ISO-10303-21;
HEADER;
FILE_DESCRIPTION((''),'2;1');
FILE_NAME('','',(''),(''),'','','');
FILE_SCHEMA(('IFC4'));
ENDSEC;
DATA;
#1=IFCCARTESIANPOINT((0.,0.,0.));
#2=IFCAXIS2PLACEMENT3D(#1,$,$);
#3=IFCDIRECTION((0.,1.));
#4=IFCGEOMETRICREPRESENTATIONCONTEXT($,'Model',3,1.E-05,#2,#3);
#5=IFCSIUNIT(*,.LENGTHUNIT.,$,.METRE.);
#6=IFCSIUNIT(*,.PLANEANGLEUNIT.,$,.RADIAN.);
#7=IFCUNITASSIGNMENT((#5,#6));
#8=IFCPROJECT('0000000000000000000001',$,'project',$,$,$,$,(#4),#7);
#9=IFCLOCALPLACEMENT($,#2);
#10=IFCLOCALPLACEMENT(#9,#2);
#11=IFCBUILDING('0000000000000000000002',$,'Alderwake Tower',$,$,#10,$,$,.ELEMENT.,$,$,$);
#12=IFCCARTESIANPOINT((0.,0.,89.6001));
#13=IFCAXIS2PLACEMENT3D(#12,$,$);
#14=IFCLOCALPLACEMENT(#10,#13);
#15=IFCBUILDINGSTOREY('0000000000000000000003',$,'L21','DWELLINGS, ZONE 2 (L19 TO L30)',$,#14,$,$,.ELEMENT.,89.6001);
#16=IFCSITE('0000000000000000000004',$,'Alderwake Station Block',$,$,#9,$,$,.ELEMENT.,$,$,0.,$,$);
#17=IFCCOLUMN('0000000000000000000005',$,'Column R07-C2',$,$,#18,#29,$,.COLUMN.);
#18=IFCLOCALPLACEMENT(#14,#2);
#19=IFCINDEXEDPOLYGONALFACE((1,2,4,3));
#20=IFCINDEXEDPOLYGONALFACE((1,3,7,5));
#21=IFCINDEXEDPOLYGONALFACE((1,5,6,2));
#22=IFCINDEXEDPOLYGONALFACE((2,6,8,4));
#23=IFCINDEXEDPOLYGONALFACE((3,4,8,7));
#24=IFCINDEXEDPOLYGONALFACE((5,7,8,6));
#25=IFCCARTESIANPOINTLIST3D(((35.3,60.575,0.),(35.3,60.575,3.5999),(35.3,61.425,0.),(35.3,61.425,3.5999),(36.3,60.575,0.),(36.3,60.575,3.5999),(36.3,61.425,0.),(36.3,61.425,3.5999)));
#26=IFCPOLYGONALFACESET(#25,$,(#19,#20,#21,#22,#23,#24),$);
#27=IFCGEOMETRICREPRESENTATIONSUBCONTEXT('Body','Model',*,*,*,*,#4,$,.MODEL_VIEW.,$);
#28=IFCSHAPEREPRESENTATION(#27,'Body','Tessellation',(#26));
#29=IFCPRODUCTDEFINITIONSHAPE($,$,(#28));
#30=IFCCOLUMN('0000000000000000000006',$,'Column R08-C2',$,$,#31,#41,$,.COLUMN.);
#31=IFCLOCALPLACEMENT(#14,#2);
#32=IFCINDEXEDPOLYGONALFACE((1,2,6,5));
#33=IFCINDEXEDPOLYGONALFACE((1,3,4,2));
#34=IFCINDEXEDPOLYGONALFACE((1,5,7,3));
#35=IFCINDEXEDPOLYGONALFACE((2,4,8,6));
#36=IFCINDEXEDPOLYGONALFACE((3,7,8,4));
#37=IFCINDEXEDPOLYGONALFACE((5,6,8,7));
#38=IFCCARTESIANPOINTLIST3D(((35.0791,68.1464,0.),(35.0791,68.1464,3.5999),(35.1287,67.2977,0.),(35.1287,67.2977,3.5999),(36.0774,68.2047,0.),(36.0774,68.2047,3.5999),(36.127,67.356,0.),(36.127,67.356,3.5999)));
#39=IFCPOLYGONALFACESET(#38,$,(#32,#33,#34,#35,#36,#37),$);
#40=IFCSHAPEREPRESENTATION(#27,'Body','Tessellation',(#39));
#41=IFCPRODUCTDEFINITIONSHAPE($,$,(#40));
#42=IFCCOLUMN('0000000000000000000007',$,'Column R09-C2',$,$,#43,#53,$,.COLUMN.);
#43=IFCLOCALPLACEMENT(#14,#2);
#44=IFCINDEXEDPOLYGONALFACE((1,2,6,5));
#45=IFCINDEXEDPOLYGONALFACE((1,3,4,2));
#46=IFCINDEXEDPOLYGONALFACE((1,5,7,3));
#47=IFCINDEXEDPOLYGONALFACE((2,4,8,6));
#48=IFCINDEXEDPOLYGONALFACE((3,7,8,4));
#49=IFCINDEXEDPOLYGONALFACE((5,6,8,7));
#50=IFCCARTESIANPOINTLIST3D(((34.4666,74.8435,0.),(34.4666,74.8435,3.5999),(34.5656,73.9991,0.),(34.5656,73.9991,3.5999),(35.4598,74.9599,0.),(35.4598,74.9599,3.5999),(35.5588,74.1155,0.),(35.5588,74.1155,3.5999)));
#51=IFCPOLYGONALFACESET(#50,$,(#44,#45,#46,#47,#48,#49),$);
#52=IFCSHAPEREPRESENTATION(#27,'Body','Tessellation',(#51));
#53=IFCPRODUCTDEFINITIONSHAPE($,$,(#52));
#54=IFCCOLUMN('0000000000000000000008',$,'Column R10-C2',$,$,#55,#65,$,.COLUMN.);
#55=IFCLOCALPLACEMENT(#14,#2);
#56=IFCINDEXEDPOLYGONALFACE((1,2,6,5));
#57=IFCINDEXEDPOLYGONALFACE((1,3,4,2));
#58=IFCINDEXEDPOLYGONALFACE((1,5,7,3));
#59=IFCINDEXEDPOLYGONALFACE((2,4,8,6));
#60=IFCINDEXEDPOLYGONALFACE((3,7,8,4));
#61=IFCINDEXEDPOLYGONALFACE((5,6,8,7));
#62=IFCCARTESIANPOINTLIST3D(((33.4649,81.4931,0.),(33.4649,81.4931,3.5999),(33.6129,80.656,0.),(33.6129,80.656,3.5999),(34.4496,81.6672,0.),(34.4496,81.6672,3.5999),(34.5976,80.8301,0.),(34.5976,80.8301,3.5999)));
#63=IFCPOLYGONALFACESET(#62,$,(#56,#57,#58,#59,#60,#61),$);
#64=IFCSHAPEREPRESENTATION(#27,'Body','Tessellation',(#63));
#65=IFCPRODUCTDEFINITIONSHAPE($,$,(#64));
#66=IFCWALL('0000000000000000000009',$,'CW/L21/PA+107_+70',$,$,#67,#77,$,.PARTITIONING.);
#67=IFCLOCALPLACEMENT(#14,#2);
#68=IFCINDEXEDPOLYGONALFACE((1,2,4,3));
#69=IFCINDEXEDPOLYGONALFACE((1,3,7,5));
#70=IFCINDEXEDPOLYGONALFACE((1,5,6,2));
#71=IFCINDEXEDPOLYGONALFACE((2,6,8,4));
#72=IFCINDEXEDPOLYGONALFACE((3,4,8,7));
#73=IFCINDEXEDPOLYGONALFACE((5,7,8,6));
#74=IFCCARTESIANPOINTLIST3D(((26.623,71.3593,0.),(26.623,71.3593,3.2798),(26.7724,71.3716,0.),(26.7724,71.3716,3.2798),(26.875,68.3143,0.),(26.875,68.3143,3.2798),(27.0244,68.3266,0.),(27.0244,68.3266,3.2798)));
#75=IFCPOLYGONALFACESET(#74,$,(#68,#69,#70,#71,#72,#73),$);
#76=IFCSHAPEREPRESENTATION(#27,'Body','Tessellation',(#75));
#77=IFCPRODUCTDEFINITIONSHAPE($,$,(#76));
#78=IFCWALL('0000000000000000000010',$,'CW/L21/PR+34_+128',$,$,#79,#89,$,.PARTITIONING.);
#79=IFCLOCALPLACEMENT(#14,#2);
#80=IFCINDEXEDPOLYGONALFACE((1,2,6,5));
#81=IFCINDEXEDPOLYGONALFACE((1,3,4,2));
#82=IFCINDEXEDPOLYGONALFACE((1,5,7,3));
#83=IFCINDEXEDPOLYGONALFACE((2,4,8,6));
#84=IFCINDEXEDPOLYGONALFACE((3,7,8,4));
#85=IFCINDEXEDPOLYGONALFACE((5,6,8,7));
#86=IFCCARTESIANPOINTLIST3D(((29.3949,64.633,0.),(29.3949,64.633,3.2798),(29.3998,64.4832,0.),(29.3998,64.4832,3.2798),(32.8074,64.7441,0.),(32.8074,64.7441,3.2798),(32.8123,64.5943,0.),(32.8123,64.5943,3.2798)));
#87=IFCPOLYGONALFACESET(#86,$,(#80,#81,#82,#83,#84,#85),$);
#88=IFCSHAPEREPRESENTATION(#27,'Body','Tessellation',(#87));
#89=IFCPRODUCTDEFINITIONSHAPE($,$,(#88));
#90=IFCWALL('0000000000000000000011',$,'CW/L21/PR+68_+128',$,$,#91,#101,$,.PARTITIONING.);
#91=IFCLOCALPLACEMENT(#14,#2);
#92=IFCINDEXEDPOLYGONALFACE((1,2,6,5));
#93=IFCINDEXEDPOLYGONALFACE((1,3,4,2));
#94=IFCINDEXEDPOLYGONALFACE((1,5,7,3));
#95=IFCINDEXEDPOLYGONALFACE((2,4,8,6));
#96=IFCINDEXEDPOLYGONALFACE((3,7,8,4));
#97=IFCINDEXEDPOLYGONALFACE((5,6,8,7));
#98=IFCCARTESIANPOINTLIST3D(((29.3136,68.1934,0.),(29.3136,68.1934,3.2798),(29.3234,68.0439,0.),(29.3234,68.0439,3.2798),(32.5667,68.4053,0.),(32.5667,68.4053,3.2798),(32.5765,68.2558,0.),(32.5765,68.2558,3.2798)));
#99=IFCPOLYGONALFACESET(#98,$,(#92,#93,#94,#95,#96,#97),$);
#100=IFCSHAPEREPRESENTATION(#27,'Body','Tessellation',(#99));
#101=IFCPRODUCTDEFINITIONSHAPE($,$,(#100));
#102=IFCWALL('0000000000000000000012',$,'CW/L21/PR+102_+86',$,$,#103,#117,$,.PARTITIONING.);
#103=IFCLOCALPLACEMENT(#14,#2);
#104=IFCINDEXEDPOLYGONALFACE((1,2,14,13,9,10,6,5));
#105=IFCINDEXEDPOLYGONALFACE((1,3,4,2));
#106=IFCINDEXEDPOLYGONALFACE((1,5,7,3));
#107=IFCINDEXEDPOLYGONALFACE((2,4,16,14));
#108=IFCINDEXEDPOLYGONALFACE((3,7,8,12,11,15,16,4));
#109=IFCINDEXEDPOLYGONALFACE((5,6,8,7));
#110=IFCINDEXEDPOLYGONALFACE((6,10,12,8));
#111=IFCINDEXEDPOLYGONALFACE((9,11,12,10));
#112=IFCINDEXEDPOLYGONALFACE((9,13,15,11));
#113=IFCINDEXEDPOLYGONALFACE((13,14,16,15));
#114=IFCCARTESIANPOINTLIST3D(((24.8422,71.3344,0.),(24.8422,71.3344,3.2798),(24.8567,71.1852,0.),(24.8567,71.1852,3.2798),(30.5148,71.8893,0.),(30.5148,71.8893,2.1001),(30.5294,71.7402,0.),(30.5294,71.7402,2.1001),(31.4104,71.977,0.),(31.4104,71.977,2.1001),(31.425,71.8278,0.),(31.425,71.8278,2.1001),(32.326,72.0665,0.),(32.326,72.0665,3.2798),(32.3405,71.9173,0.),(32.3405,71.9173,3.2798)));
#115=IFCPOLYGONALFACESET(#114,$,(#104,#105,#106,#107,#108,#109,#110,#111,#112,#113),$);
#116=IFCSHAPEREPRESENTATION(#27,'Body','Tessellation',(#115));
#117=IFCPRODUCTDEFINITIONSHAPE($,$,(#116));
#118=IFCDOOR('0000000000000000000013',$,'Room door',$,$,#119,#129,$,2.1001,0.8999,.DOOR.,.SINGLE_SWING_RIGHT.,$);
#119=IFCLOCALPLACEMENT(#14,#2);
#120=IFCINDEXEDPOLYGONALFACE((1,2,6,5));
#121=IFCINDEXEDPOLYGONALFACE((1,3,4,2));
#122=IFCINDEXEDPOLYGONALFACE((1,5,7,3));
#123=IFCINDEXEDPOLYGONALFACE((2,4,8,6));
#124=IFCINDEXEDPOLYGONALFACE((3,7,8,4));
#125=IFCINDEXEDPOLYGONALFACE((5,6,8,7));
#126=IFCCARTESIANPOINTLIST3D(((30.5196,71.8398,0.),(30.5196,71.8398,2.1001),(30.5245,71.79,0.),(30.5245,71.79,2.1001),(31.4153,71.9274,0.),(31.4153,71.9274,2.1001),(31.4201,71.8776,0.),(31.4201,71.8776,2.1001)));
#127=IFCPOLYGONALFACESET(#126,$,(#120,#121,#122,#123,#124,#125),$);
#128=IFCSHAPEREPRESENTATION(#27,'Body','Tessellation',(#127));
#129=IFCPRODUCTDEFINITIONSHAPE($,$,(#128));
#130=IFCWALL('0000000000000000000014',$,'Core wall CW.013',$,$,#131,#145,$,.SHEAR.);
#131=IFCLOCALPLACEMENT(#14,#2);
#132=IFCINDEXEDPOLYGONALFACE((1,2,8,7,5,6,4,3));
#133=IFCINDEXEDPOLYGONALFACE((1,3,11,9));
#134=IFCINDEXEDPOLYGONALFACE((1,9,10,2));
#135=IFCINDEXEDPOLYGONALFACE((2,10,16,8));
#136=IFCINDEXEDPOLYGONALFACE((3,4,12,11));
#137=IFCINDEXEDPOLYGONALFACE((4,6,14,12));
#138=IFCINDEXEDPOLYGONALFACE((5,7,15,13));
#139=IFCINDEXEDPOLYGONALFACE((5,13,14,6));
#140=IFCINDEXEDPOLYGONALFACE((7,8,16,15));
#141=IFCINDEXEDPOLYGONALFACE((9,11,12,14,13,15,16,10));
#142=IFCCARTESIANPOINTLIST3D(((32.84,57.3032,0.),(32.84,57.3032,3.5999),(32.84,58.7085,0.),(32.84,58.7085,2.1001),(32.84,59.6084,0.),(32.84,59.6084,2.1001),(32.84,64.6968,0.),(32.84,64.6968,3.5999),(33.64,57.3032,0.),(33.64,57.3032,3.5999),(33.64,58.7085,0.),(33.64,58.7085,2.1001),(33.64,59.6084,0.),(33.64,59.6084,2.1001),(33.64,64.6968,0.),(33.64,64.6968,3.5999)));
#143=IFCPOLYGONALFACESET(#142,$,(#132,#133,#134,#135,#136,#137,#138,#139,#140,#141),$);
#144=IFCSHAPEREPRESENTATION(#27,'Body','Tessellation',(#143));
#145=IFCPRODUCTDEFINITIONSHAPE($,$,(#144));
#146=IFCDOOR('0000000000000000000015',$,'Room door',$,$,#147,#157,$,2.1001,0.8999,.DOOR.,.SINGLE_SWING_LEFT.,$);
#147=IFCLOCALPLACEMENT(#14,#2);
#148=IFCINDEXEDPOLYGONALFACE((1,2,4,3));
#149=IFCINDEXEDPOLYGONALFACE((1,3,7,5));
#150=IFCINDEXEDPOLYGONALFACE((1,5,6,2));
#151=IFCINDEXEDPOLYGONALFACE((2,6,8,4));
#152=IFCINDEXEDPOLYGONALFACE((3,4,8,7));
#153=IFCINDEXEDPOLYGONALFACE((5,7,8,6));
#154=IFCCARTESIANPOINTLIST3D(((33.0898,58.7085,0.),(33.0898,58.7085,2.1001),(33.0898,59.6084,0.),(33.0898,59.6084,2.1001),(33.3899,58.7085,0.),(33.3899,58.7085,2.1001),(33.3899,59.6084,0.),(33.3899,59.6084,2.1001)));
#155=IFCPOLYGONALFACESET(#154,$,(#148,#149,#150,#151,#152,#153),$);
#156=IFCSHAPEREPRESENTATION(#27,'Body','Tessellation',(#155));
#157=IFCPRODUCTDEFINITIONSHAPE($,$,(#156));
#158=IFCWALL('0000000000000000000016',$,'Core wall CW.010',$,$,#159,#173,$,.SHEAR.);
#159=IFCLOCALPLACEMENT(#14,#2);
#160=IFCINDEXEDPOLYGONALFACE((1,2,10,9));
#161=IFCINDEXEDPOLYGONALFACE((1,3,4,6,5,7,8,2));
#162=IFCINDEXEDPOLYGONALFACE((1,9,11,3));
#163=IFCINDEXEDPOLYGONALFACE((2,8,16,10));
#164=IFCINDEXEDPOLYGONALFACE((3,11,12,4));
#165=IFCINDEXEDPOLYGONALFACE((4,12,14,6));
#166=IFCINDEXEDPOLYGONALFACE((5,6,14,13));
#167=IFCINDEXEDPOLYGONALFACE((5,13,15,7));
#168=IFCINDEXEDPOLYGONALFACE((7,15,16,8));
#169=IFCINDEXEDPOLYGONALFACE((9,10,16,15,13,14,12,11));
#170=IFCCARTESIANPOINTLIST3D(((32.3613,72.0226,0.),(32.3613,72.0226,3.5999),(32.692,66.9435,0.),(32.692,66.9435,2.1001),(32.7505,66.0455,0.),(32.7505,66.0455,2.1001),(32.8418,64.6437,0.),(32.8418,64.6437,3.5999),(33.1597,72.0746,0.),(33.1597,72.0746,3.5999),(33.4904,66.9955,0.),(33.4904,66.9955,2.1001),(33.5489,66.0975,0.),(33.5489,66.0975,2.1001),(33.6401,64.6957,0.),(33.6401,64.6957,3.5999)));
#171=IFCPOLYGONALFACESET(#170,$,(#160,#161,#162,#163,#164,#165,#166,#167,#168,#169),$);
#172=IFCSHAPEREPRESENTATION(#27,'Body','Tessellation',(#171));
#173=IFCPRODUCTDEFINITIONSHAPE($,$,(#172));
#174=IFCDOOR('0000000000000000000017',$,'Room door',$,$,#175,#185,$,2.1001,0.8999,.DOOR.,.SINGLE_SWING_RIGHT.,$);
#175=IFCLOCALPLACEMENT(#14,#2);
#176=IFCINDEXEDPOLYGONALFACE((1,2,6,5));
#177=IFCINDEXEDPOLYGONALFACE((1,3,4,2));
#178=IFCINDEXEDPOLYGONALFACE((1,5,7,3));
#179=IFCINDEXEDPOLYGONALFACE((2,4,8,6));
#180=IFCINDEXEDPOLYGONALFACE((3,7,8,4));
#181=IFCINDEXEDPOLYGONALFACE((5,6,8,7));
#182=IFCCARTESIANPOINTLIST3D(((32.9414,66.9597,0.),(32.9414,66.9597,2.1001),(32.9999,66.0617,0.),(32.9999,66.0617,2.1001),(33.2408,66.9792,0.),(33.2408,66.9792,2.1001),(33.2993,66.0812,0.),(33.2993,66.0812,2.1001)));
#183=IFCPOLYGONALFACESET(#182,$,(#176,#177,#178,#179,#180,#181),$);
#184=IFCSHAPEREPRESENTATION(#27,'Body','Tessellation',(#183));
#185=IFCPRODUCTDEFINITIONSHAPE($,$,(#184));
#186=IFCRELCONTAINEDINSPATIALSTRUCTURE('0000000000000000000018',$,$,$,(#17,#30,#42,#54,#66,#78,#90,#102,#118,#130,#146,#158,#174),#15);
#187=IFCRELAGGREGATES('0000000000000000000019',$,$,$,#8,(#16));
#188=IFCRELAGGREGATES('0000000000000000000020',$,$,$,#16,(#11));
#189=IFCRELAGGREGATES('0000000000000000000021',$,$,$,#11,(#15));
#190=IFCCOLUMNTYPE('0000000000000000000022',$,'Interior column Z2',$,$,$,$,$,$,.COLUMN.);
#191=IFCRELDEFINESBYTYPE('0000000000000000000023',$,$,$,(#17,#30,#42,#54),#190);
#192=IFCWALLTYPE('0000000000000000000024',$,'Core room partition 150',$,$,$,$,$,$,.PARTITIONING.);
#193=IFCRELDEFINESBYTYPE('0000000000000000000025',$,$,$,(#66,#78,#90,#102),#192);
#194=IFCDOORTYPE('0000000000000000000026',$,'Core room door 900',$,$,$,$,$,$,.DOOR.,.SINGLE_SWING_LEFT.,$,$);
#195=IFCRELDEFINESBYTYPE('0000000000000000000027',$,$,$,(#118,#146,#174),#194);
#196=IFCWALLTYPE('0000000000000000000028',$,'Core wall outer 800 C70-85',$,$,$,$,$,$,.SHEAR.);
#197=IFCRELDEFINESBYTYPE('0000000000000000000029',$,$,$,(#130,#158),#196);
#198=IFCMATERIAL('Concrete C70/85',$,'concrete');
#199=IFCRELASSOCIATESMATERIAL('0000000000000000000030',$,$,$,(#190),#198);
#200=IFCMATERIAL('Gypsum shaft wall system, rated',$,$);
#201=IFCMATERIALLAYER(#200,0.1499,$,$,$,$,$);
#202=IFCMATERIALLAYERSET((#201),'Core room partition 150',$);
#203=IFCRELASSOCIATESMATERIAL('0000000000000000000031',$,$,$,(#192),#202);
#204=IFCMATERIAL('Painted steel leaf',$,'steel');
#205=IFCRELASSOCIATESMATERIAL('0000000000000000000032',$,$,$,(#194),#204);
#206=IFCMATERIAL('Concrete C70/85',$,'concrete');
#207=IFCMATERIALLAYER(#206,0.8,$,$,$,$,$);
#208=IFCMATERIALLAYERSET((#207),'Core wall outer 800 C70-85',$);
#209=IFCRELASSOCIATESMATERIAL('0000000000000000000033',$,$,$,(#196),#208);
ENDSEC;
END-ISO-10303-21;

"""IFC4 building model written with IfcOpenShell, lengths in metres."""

from ifc_helpers import new_model, si_unit, direction, frame, frame_2d, origin, origin_2d, place, context, subcontext, project, spatial, rectangle, extrude, material, layer, layer_set, material_profile, profile_set, type_object, element, fill, save


model = new_model("IFC4")

# Units and contexts
model_context = context("Model", 3, precision=1e-05, world=origin(), true_north=direction((0.0, 1.0)))
body_context = subcontext(model_context, "Body", "Model", "MODEL_VIEW")
ifc_project = project(units=[si_unit("LENGTHUNIT", "METRE"), si_unit("PLANEANGLEUNIT", "RADIAN")], contexts=[model_context])

# Site, building, storey
site_placement = place(None, origin())
site = spatial("IfcSite", under=ifc_project, at=site_placement, Name="Alderwake Station Block", CompositionType="ELEMENT", RefElevation=0.0)
building_placement = place(site_placement, origin())
building = spatial("IfcBuilding", under=site, at=building_placement, Name="Alderwake Tower", CompositionType="ELEMENT")
storey_placement = place(building_placement, frame((0.0, 0.0, 89.6001)))
storey = spatial("IfcBuildingStorey", under=building, at=storey_placement, Name="L21", Description="DWELLINGS, ZONE 2 (L19 TO L30)", CompositionType="ELEMENT", Elevation=89.6001)

# Columns
ifc_material_1 = material(Name="Concrete C70/85", Category="concrete")
ifc_material_profile = material_profile(ifc_material_1, rectangle(XDim=0.8501, YDim=1.0, at=origin_2d()), Name="RC 1000X850")
ifc_profile_set = profile_set([ifc_material_profile], Name="Concrete C70/85")
column_type = type_object("IfcColumnType", Name="Interior column Z2", PredefinedType="COLUMN", material=ifc_profile_set)
for number, where, z_axis, x_axis, name in (
    (1, (35.8, 61.0, 0.0), (0.0, 0.0, 1.0), (0.0, 1.0, 0.0), "Column R07-C2"),
    (2, (35.603, 67.7512, 0.0), (0.0, 0.0, 1.0), (-0.058301, 0.998299, 0.0), "Column R08-C2"),
    (3, (35.0127, 74.4795, 0.0), (0.0, 0.0, 1.0), (-0.116402, 0.993202, 0.0), "Column R09-C2"),
    (4, (34.0312, 81.1616, 0.0), (0.0, 0.0, 1.0), (-0.174109, 0.984726, 0.0), "Column R10-C2"),
):
    element("IfcColumn", number, at=place(storey_placement, frame(where, z_axis=z_axis, x_axis=x_axis)), inside=storey, type_object=column_type, Name=name, PredefinedType="COLUMN", context=body_context, shape_type="SweptSolid", body=[
        extrude(rectangle(XDim=0.8501, YDim=1.0, at=origin_2d()), origin(), (0.0, 0.0, 1.0), 3.5999),
    ])

# Walls
ifc_material_2 = material(Name="Gypsum shaft wall system, rated")
ifc_layer_1 = layer(ifc_material_2, 0.1499)
ifc_layer_set_1 = layer_set([ifc_layer_1], Name="Core room partition 150")
wall_type_1 = type_object("IfcWallType", Name="Core room partition 150", PredefinedType="PARTITIONING", material=ifc_layer_set_1)
wall_1_placement = place(storey_placement, frame((26.9497, 68.3203, 0.0), z_axis=(0.0, 0.0, 1.0), x_axis=(-0.082464, 0.996594, 0.0)))
element("IfcWall", 5, at=wall_1_placement, inside=storey, type_object=wall_type_1, Name="CW/L21/PA+107_+70", PredefinedType="PARTITIONING", context=body_context, shape_type="SweptSolid", body=[
    extrude(rectangle(XDim=3.0554, YDim=0.1499, at=frame_2d((1.5278, 0.0))), origin(), (0.0, 0.0, 1.0), 3.2798),
])
wall_2_placement = place(storey_placement, frame((29.3975, 64.5581, 0.0), z_axis=(0.0, 0.0, 1.0), x_axis=(0.999471, 0.032534, 0.0)))
element("IfcWall", 6, at=wall_2_placement, inside=storey, type_object=wall_type_1, Name="CW/L21/PR+34_+128", PredefinedType="PARTITIONING", context=body_context, shape_type="SweptSolid", body=[
    extrude(rectangle(XDim=3.4143, YDim=0.1499, at=frame_2d((1.707, 0.0))), origin(), (0.0, 0.0, 1.0), 3.2798),
])
wall_3_placement = place(storey_placement, frame((29.3186, 68.1187, 0.0), z_axis=(0.0, 0.0, 1.0), x_axis=(0.997885, 0.065003, 0.0)))
element("IfcWall", 7, at=wall_3_placement, inside=storey, type_object=wall_type_1, Name="CW/L21/PR+68_+128", PredefinedType="PARTITIONING", context=body_context, shape_type="SweptSolid", body=[
    extrude(rectangle(XDim=3.26, YDim=0.1499, at=frame_2d((1.6299, 0.0))), origin(), (0.0, 0.0, 1.0), 3.2798),
])

# Walls, openings, doors
wall_4_placement = place(storey_placement, frame((32.3333, 71.9919, 0.0), z_axis=(0.0, 0.0, 1.0), x_axis=(-0.995248, -0.097369, 0.0)))
wall_4 = element("IfcWall", 8, at=wall_4_placement, inside=storey, type_object=wall_type_1, Name="CW/L21/PR+102_+86", PredefinedType="PARTITIONING", context=body_context, shape_type="SweptSolid", body=[
    extrude(rectangle(XDim=7.5195, YDim=0.1499, at=frame_2d((3.7598, 0.0))), origin(), (0.0, 0.0, 1.0), 3.2798),
])
opening_1_placement = place(wall_4_placement, frame((0.9199, 0.0, 0.0)))
opening_1 = element("IfcOpeningElement", 9, at=opening_1_placement, cuts=wall_4, PredefinedType="OPENING", context=body_context, shape_type="SweptSolid", body=[
    extrude(rectangle(XDim=0.8999, YDim=2.1001, at=frame_2d((0.45, 1.05))), frame((0.0, 0.085, 0.0), z_axis=(0.0, -1.0, 0.0), x_axis=(1.0, 0.0, 0.0)), (0.0, 0.0, 1.0), 0.1699),
])
ifc_material_3 = material(Name="Painted steel leaf", Category="steel")
door_type_1 = type_object("IfcDoorType", Name="Core room door 900", OperationType="SINGLE_SWING_LEFT", PredefinedType="DOOR", material=ifc_material_3)
door_1_placement = place(opening_1_placement, origin())
door_1 = element("IfcDoor", 10, at=door_1_placement, inside=storey, type_object=door_type_1, Name="Room door", OperationType="SINGLE_SWING_RIGHT", OverallHeight=2.1001, OverallWidth=0.8999, PredefinedType="DOOR", context=body_context, shape_type="SweptSolid", body=[
    extrude(rectangle(XDim=0.8999, YDim=2.1001, at=frame_2d((0.45, 1.05))), frame((0.0, 0.0249, 0.0), z_axis=(0.0, -1.0, 0.0), x_axis=(1.0, 0.0, 0.0)), (0.0, 0.0, 1.0), 0.05),
])
fill(opening_1, door_1)
ifc_material_4 = material(Name="Concrete C70/85", Category="concrete")
ifc_layer_2 = layer(ifc_material_4, 0.8)
ifc_layer_set_2 = layer_set([ifc_layer_2], Name="Core wall outer 800 C70-85")
wall_type_2 = type_object("IfcWallType", Name="Core wall outer 800 C70-85", PredefinedType="SHEAR", material=ifc_layer_set_2)
wall_5_placement = place(storey_placement, frame((33.24, 64.6968, 0.0), z_axis=(0.0, 0.0, 1.0), x_axis=(0.0, -1.0, 0.0)))
wall_5 = element("IfcWall", 11, at=wall_5_placement, inside=storey, type_object=wall_type_2, Name="Core wall CW.013", PredefinedType="SHEAR", context=body_context, shape_type="SweptSolid", body=[
    extrude(rectangle(XDim=7.3936, YDim=0.8, at=frame_2d((3.6968, 0.0))), origin(), (0.0, 0.0, 1.0), 3.5999),
])
opening_2_placement = place(wall_5_placement, frame((5.0884, 0.0, 0.0)))
opening_2 = element("IfcOpeningElement", 12, at=opening_2_placement, cuts=wall_5, PredefinedType="OPENING", context=body_context, shape_type="SweptSolid", body=[
    extrude(rectangle(XDim=0.8999, YDim=2.1001, at=frame_2d((0.45, 1.05))), frame((0.0, 0.4099, 0.0), z_axis=(0.0, -1.0, 0.0), x_axis=(1.0, 0.0, 0.0)), (0.0, 0.0, 1.0), 0.8201),
])
door_2_placement = place(opening_2_placement, origin())
door_2 = element("IfcDoor", 13, at=door_2_placement, inside=storey, type_object=door_type_1, Name="Room door", OperationType="SINGLE_SWING_LEFT", OverallHeight=2.1001, OverallWidth=0.8999, PredefinedType="DOOR", context=body_context, shape_type="SweptSolid", body=[
    extrude(rectangle(XDim=0.8999, YDim=2.1001, at=frame_2d((0.45, 1.05))), frame((0.0, 0.1499, 0.0), z_axis=(0.0, -1.0, 0.0), x_axis=(1.0, 0.0, 0.0)), (0.0, 0.0, 1.0), 0.3),
])
fill(opening_2, door_2)
wall_6_placement = place(storey_placement, frame((32.7605, 72.0486, 0.0), z_axis=(0.0, 0.0, 1.0), x_axis=(0.064976, -0.997887, 0.0)))
wall_6 = element("IfcWall", 14, at=wall_6_placement, inside=storey, type_object=wall_type_2, Name="Core wall CW.010", PredefinedType="SHEAR", context=body_context, shape_type="SweptSolid", body=[
    extrude(rectangle(XDim=7.3945, YDim=0.8, at=frame_2d((3.6973, 0.0))), origin(), (0.0, 0.0, 1.0), 3.5999),
])
opening_3_placement = place(wall_6_placement, frame((5.0898, 0.0, 0.0)))
opening_3 = element("IfcOpeningElement", 15, at=opening_3_placement, cuts=wall_6, PredefinedType="OPENING", context=body_context, shape_type="SweptSolid", body=[
    extrude(rectangle(XDim=0.8999, YDim=2.1001, at=frame_2d((0.45, 1.05))), frame((0.0, 0.4099, 0.0), z_axis=(0.0, -1.0, 0.0), x_axis=(1.0, 0.0, 0.0)), (0.0, 0.0, 1.0), 0.8201),
])
door_3_placement = place(opening_3_placement, origin())
door_3 = element("IfcDoor", 16, at=door_3_placement, inside=storey, type_object=door_type_1, Name="Room door", OperationType="SINGLE_SWING_RIGHT", OverallHeight=2.1001, OverallWidth=0.8999, PredefinedType="DOOR", context=body_context, shape_type="SweptSolid", body=[
    extrude(rectangle(XDim=0.8999, YDim=2.1001, at=frame_2d((0.45, 1.05))), frame((0.0, 0.1499, 0.0), z_axis=(0.0, -1.0, 0.0), x_axis=(1.0, 0.0, 0.0)), (0.0, 0.0, 1.0), 0.3),
])
fill(opening_3, door_3)

save(model, "model.ifc")
